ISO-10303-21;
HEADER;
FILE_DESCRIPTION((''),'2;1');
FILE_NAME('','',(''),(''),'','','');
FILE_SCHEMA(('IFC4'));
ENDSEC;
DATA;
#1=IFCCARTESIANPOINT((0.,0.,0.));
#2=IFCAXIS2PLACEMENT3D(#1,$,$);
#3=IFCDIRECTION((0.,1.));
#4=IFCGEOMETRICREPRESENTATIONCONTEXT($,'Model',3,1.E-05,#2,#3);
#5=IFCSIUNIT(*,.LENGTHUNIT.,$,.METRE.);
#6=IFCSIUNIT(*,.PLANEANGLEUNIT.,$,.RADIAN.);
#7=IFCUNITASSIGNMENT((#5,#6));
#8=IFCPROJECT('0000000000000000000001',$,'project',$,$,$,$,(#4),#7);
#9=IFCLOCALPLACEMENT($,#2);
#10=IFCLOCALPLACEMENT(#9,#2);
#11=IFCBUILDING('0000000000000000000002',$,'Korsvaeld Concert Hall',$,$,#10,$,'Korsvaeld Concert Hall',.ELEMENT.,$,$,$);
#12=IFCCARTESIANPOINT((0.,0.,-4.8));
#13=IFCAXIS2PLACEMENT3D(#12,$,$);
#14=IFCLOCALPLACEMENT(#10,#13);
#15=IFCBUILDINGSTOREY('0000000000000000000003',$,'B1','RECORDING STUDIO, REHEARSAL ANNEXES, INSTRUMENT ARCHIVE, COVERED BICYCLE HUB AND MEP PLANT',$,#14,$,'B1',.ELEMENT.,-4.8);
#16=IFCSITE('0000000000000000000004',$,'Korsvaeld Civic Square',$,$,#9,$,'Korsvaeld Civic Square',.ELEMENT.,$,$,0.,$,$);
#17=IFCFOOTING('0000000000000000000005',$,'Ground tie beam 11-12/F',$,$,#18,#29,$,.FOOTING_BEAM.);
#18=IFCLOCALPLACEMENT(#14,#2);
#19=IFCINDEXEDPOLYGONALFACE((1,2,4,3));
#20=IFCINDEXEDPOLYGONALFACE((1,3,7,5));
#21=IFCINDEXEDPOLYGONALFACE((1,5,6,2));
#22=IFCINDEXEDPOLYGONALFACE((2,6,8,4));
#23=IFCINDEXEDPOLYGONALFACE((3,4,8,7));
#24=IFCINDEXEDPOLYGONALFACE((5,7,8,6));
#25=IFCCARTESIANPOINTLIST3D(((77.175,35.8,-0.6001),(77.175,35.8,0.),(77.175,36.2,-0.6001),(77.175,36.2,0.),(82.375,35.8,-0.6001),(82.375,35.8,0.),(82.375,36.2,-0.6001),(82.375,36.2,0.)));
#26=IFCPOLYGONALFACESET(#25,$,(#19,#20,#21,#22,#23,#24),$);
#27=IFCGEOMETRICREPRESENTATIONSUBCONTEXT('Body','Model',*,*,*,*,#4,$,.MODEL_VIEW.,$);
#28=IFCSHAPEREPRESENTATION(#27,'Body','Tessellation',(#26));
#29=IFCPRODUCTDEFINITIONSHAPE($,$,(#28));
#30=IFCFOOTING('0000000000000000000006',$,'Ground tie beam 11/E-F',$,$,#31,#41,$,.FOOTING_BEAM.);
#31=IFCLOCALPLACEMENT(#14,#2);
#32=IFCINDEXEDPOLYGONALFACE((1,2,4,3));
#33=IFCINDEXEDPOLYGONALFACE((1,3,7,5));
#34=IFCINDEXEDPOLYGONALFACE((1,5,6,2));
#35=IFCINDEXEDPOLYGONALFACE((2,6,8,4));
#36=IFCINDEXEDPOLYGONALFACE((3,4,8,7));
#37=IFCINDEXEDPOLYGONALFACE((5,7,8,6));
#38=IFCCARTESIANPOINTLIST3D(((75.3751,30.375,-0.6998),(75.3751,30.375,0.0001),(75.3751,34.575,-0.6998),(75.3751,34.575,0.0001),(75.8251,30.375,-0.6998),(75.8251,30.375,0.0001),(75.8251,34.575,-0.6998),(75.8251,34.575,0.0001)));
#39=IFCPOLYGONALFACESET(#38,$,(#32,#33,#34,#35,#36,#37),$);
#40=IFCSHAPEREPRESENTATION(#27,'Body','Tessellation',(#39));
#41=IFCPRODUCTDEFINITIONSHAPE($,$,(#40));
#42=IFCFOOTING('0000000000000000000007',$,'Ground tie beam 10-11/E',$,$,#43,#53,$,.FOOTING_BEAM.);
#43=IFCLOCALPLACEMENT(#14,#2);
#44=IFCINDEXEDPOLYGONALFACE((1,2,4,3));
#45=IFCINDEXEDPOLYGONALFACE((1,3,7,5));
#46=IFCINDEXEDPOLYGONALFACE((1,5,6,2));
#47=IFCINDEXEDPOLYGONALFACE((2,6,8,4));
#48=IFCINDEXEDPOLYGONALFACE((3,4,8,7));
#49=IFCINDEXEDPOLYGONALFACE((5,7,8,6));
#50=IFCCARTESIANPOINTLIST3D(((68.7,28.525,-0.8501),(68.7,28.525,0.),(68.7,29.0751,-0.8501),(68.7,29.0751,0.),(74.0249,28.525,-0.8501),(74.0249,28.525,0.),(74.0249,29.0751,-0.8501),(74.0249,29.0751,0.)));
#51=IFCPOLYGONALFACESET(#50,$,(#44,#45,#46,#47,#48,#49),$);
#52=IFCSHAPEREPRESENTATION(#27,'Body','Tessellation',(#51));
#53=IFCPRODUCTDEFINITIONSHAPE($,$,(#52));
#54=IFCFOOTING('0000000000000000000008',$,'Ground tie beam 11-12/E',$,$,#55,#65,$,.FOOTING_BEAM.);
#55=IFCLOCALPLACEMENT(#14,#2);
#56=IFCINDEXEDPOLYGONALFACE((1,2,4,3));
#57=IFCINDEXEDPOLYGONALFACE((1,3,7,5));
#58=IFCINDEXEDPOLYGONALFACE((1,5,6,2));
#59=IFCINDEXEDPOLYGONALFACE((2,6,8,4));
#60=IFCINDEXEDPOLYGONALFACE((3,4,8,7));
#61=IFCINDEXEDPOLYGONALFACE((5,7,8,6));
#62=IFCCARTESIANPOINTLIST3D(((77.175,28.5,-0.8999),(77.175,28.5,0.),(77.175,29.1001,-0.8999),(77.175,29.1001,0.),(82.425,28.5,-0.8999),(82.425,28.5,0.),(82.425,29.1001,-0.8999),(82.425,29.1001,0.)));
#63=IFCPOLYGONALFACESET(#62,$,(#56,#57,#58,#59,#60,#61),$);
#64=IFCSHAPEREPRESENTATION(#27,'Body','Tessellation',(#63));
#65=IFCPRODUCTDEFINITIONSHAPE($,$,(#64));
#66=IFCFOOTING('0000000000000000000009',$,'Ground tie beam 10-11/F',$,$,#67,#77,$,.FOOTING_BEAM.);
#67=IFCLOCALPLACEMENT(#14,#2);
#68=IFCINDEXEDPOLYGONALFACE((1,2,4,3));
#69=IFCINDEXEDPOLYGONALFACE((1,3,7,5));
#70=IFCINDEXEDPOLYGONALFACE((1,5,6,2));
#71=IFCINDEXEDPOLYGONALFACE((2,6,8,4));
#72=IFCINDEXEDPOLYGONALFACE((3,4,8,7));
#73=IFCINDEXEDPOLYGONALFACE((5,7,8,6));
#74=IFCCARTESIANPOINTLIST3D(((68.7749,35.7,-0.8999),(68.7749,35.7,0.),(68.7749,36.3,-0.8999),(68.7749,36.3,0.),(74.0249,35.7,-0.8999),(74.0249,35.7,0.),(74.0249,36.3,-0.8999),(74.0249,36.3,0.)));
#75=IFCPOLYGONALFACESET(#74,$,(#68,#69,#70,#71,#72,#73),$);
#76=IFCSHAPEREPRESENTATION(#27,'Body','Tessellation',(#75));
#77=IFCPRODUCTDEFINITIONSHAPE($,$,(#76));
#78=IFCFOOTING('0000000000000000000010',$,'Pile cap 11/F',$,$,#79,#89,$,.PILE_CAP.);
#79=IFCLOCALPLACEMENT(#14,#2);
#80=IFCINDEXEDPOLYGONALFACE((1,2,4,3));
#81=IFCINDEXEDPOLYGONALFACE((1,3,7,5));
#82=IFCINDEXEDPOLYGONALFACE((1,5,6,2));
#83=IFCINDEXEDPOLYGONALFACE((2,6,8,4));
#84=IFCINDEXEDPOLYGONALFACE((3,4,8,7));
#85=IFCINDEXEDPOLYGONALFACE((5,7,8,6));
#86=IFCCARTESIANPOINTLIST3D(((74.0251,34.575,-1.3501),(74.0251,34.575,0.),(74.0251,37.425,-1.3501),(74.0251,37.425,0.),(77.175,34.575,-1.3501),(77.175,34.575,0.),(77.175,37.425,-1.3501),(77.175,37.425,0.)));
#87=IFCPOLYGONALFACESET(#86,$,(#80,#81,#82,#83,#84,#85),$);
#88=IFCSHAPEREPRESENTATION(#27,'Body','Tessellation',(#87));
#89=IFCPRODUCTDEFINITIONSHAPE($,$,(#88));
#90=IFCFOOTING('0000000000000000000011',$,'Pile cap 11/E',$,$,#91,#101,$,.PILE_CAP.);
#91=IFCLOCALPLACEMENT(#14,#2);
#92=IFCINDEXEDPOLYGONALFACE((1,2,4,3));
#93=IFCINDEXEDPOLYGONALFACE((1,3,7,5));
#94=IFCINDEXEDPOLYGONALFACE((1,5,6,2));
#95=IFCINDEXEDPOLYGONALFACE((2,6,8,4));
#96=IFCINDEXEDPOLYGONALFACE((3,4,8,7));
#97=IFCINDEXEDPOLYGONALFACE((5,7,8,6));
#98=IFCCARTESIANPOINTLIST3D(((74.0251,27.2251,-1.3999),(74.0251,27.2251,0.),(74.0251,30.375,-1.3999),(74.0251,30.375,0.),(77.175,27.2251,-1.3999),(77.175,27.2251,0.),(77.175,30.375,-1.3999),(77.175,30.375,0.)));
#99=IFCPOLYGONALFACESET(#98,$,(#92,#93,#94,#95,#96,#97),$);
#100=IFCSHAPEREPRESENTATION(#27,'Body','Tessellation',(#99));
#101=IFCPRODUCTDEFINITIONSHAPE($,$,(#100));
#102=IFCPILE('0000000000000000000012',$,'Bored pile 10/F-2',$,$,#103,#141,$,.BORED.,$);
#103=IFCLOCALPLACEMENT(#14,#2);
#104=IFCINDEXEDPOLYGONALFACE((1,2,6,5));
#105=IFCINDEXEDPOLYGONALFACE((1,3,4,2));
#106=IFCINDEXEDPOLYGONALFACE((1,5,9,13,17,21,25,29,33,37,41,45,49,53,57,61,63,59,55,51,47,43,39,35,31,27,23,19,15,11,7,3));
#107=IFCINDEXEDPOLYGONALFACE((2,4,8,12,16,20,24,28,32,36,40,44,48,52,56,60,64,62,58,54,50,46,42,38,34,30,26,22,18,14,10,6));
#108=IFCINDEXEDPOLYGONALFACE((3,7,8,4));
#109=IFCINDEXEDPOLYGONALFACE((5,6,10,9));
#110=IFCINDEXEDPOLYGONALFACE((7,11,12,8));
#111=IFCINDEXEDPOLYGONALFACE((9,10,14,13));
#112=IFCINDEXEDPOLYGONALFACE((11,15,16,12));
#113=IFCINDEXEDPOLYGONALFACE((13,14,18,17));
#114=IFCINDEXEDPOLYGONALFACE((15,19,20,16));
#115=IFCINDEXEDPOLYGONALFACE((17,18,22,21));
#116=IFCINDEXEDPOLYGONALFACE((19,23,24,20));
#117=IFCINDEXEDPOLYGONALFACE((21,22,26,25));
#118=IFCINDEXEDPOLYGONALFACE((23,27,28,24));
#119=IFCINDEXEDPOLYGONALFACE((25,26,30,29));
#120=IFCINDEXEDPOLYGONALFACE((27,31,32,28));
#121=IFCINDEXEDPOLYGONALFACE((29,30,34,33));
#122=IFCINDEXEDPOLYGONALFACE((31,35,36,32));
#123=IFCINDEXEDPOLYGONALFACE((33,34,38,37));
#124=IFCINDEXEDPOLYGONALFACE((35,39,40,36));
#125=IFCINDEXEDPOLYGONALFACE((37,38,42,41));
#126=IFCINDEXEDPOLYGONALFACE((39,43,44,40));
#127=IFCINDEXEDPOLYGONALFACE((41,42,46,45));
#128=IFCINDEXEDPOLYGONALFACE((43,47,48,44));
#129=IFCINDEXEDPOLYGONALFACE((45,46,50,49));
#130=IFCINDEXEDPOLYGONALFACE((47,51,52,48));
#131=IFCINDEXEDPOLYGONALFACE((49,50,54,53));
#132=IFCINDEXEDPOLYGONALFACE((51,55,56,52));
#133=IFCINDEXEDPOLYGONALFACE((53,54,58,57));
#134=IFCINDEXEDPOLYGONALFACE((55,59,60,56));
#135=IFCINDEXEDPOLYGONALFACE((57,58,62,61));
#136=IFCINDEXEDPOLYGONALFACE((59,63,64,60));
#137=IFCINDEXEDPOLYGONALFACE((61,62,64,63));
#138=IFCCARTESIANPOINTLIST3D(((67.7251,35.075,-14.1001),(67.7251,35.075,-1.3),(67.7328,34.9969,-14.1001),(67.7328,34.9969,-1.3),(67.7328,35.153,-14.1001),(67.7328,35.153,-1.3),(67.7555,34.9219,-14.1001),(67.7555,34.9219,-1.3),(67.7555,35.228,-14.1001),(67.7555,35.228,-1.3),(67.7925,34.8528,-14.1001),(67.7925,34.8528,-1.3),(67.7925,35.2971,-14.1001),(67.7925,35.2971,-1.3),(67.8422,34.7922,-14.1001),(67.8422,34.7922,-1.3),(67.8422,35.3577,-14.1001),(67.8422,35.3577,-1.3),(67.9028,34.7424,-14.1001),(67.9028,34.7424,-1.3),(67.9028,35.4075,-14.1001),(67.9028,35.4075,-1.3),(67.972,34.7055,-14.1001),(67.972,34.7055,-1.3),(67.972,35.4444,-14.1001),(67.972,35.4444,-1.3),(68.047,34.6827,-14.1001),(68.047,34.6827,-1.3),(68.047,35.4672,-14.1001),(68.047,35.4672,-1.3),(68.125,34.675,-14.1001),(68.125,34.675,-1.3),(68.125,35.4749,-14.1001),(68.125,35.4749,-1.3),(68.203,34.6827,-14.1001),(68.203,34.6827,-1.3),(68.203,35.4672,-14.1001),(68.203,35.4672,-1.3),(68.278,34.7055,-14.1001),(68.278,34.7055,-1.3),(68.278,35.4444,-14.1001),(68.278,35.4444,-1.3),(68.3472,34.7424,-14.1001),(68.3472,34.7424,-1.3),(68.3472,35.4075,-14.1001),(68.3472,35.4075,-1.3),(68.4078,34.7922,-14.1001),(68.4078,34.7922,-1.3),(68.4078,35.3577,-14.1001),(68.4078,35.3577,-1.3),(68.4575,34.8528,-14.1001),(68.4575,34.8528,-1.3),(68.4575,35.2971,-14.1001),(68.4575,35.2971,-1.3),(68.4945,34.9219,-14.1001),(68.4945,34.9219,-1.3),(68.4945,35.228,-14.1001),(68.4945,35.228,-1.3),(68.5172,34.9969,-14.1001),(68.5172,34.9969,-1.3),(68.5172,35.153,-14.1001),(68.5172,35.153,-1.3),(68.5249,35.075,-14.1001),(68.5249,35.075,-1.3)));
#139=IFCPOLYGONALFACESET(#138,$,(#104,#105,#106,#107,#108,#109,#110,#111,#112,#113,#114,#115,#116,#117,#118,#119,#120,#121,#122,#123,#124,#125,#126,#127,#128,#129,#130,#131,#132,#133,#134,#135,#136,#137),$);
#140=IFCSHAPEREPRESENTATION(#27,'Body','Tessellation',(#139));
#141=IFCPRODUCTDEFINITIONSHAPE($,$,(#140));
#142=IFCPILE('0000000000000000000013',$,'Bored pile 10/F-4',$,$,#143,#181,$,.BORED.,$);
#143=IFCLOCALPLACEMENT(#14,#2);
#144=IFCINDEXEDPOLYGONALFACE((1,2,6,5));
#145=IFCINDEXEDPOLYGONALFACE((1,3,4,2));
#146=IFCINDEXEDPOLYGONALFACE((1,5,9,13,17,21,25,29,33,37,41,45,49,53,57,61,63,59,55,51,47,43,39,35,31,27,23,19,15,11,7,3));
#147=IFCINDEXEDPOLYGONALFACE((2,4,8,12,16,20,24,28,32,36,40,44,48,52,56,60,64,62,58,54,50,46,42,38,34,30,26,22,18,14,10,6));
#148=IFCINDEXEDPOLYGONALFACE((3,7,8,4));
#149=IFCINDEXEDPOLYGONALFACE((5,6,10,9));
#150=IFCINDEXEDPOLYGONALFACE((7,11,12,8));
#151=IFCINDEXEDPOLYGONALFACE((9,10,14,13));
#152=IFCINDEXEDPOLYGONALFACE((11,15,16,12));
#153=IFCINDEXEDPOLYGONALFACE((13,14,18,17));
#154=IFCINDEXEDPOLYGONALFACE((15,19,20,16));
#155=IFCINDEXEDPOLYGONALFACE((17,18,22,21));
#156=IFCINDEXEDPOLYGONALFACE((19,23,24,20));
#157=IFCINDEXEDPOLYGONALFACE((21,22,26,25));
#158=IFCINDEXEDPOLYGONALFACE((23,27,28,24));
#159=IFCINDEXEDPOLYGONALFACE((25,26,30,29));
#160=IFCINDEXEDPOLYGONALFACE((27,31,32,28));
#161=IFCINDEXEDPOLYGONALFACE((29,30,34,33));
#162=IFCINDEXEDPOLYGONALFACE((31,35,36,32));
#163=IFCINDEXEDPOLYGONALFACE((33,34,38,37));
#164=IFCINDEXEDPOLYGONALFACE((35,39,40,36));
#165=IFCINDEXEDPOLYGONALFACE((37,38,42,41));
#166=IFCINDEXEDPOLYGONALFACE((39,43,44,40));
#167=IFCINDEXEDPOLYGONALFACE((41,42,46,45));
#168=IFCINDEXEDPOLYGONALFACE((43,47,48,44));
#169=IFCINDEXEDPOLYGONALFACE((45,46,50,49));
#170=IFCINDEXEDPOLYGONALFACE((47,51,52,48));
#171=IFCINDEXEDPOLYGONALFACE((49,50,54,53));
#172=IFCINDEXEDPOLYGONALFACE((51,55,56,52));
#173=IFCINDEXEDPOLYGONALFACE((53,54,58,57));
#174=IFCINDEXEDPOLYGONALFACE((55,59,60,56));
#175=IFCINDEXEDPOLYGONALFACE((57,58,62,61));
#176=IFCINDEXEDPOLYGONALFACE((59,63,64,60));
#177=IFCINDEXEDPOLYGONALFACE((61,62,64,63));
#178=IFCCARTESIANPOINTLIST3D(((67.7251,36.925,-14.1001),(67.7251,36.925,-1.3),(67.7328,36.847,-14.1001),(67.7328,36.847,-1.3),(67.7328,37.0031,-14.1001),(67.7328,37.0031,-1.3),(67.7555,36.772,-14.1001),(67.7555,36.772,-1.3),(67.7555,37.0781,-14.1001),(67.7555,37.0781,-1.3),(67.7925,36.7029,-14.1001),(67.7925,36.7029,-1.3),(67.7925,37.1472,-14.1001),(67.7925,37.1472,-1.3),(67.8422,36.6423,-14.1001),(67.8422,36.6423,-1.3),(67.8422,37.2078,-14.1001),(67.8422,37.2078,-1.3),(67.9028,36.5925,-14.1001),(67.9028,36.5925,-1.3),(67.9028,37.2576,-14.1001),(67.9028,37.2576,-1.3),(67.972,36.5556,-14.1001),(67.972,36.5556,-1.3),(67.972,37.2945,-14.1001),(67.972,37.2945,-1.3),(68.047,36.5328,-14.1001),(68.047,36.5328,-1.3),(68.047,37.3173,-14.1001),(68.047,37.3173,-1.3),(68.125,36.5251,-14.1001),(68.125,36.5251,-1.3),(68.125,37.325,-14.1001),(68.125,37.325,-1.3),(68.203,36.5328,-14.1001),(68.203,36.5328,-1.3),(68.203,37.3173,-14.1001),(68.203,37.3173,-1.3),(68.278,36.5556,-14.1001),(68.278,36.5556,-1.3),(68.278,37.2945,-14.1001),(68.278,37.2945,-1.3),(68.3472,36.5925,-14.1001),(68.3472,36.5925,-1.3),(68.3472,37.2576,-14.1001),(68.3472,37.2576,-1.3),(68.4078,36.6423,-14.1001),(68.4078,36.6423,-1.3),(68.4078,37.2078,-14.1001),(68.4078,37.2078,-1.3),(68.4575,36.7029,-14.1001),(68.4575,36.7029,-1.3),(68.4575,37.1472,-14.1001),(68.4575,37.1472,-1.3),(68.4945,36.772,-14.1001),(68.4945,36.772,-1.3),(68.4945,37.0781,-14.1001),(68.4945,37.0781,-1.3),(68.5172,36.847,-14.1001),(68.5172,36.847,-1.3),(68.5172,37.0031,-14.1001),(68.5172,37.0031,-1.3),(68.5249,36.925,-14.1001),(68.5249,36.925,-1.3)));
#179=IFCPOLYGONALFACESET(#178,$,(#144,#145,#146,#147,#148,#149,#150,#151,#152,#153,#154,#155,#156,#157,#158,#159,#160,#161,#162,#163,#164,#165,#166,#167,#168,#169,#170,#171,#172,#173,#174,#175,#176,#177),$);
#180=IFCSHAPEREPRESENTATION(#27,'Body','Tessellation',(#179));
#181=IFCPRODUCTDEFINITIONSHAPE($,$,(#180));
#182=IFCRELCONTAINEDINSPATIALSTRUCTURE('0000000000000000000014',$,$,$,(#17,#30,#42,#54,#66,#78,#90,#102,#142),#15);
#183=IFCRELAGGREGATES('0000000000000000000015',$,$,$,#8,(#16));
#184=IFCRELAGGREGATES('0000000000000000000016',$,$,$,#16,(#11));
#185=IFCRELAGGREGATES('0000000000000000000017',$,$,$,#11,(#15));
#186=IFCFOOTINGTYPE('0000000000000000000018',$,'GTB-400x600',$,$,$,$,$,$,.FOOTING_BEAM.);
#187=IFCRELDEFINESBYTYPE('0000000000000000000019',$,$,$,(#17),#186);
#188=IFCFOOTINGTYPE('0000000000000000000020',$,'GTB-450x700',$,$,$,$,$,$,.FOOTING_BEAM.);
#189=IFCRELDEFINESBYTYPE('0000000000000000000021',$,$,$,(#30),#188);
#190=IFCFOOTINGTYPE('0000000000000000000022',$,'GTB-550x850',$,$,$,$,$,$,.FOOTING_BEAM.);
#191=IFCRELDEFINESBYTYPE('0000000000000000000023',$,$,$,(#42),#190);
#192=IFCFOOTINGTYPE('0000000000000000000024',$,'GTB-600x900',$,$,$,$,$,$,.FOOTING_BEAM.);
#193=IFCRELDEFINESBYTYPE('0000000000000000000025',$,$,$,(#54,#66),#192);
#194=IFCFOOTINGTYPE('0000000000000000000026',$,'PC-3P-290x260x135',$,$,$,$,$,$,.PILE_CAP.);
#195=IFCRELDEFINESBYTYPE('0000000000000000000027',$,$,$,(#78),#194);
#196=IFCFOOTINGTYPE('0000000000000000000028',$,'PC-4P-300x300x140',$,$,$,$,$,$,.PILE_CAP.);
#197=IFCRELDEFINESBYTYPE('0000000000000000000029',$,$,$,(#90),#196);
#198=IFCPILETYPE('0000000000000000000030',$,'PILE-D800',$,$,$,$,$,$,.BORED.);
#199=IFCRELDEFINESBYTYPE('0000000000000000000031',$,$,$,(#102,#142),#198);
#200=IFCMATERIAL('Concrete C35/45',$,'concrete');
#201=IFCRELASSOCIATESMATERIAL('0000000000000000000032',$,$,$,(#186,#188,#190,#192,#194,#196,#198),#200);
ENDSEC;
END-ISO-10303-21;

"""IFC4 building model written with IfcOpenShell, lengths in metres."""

from ifc_helpers import new_model, si_unit, direction, frame, origin, origin_2d, place, context, subcontext, project, spatial, rectangle, circle, extrude, material, material_profile, profile_set, type_object, element, save


model = new_model("IFC4")

# Units and contexts
model_context = context("Model", 3, precision=1e-05, world=origin(), true_north=direction((0.0, 1.0)))
body_context = subcontext(model_context, "Body", "Model", "MODEL_VIEW")
ifc_project = project(units=[si_unit("LENGTHUNIT", "METRE"), si_unit("PLANEANGLEUNIT", "RADIAN")], contexts=[model_context])

# Site, building, storey
site_placement = place(None, origin())
site = spatial("IfcSite", under=ifc_project, at=site_placement, Name="Korsvaeld Civic Square", LongName="Korsvaeld Civic Square", CompositionType="ELEMENT", RefElevation=0.0)
building_placement = place(site_placement, origin())
building = spatial("IfcBuilding", under=site, at=building_placement, Name="Korsvaeld Concert Hall", LongName="Korsvaeld Concert Hall", CompositionType="ELEMENT")
storey_placement = place(building_placement, frame((0.0, 0.0, -4.8)))
storey = spatial("IfcBuildingStorey", under=building, at=storey_placement, Name="B1", Description="RECORDING STUDIO, REHEARSAL ANNEXES, INSTRUMENT ARCHIVE, COVERED BICYCLE HUB AND MEP PLANT", LongName="B1", CompositionType="ELEMENT", Elevation=-4.8)

# Footings
ifc_material_1 = material(Name="Concrete C35/45", Category="concrete")
ifc_material_profile_1 = material_profile(ifc_material_1, rectangle(XDim=0.3999, YDim=0.6001, at=origin_2d()), Name="GTB 400x600")
ifc_profile_set_1 = profile_set([ifc_material_profile_1], Name="Concrete C35/45")
footing_type_1 = type_object("IfcFootingType", Name="GTB-400x600", PredefinedType="FOOTING_BEAM", material=ifc_profile_set_1)
footing_1_placement = place(storey_placement, frame((77.175, 36.0, -0.3), z_axis=(1.0, 0.0, 0.0), x_axis=(0.0, 1.0, 0.0)))
element("IfcFooting", 1, at=footing_1_placement, inside=storey, type_object=footing_type_1, Name="Ground tie beam 11-12/F", PredefinedType="FOOTING_BEAM", context=body_context, shape_type="SweptSolid", body=[
    extrude(rectangle(XDim=0.3999, YDim=0.6001, at=origin_2d()), origin(), (0.0, 0.0, 1.0), 5.2),
])
ifc_material_profile_2 = material_profile(ifc_material_1, rectangle(XDim=0.45, YDim=0.7, at=origin_2d()), Name="GTB 450x700")
ifc_profile_set_2 = profile_set([ifc_material_profile_2], Name="Concrete C35/45")
footing_type_2 = type_object("IfcFootingType", Name="GTB-450x700", PredefinedType="FOOTING_BEAM", material=ifc_profile_set_2)
footing_2_placement = place(storey_placement, frame((75.6001, 30.375, -0.3499), z_axis=(0.0, 1.0, 0.0), x_axis=(-1.0, 0.0, 0.0)))
element("IfcFooting", 2, at=footing_2_placement, inside=storey, type_object=footing_type_2, Name="Ground tie beam 11/E-F", PredefinedType="FOOTING_BEAM", context=body_context, shape_type="SweptSolid", body=[
    extrude(rectangle(XDim=0.45, YDim=0.7, at=origin_2d()), origin(), (0.0, 0.0, 1.0), 4.2),
])
ifc_material_profile_3 = material_profile(ifc_material_1, rectangle(XDim=0.55, YDim=0.8501, at=origin_2d()), Name="GTB 550x850")
ifc_profile_set_3 = profile_set([ifc_material_profile_3], Name="Concrete C35/45")
footing_type_3 = type_object("IfcFootingType", Name="GTB-550x850", PredefinedType="FOOTING_BEAM", material=ifc_profile_set_3)
footing_3_placement = place(storey_placement, frame((68.7, 28.8, -0.425), z_axis=(1.0, 0.0, 0.0), x_axis=(0.0, 1.0, 0.0)))
element("IfcFooting", 3, at=footing_3_placement, inside=storey, type_object=footing_type_3, Name="Ground tie beam 10-11/E", PredefinedType="FOOTING_BEAM", context=body_context, shape_type="SweptSolid", body=[
    extrude(rectangle(XDim=0.55, YDim=0.8501, at=origin_2d()), origin(), (0.0, 0.0, 1.0), 5.325),
])
ifc_material_profile_4 = material_profile(ifc_material_1, rectangle(XDim=0.6001, YDim=0.8999, at=origin_2d()), Name="GTB 600x900")
ifc_profile_set_4 = profile_set([ifc_material_profile_4], Name="Concrete C35/45")
footing_type_4 = type_object("IfcFootingType", Name="GTB-600x900", PredefinedType="FOOTING_BEAM", material=ifc_profile_set_4)
for number, where, z_axis, x_axis, name in (
    (4, (77.175, 28.8, -0.45), (1.0, 0.0, 0.0), (0.0, 1.0, 0.0), "Ground tie beam 11-12/E"),
    (5, (68.7749, 36.0, -0.45), (1.0, 0.0, 0.0), (0.0, 1.0, 0.0), "Ground tie beam 10-11/F"),
):
    element("IfcFooting", number, at=place(storey_placement, frame(where, z_axis=z_axis, x_axis=x_axis)), inside=storey, type_object=footing_type_4, Name=name, PredefinedType="FOOTING_BEAM", context=body_context, shape_type="SweptSolid", body=[
        extrude(rectangle(XDim=0.6001, YDim=0.8999, at=origin_2d()), origin(), (0.0, 0.0, 1.0), 5.25),
    ])
footing_type_5 = type_object("IfcFootingType", Name="PC-3P-290x260x135", PredefinedType="PILE_CAP", material=ifc_material_1)
footing_4_placement = place(storey_placement, frame((75.6001, 36.0, -1.3501), z_axis=(0.0, 0.0, 1.0), x_axis=(1.0, 0.0, 0.0)))
element("IfcFooting", 6, at=footing_4_placement, inside=storey, type_object=footing_type_5, Name="Pile cap 11/F", PredefinedType="PILE_CAP", context=body_context, shape_type="SweptSolid", body=[
    extrude(rectangle(XDim=3.1499, YDim=2.8501, at=origin_2d()), origin(), (0.0, 0.0, 1.0), 1.3501),
])
footing_type_6 = type_object("IfcFootingType", Name="PC-4P-300x300x140", PredefinedType="PILE_CAP", material=ifc_material_1)
footing_5_placement = place(storey_placement, frame((75.6001, 28.8, -1.3999), z_axis=(0.0, 0.0, 1.0), x_axis=(1.0, 0.0, 0.0)))
element("IfcFooting", 7, at=footing_5_placement, inside=storey, type_object=footing_type_6, Name="Pile cap 11/E", PredefinedType="PILE_CAP", context=body_context, shape_type="SweptSolid", body=[
    extrude(rectangle(XDim=3.1499, YDim=3.1499, at=origin_2d()), origin(), (0.0, 0.0, 1.0), 1.3999),
])

# Piles
ifc_material_profile_5 = material_profile(ifc_material_1, circle(Radius=0.3999, at=origin_2d()), Name="BORED PILE D800")
ifc_profile_set_5 = profile_set([ifc_material_profile_5], Name="Concrete C35/45")
pile_type = type_object("IfcPileType", Name="PILE-D800", PredefinedType="BORED", material=ifc_profile_set_5)
for number, where, z_axis, x_axis, name in (
    (8, (68.125, 35.075, -1.3), (0.0, 0.0, -1.0), (1.0, 0.0, 0.0), "Bored pile 10/F-2"),
    (9, (68.125, 36.925, -1.3), (0.0, 0.0, -1.0), (1.0, 0.0, 0.0), "Bored pile 10/F-4"),
):
    element("IfcPile", number, at=place(storey_placement, frame(where, z_axis=z_axis, x_axis=x_axis)), inside=storey, type_object=pile_type, Name=name, PredefinedType="BORED", context=body_context, shape_type="SweptSolid", body=[
        extrude(circle(Radius=0.3999, at=origin_2d()), origin(), (0.0, 0.0, 1.0), 12.8),
    ])

save(model, "model.ifc")
